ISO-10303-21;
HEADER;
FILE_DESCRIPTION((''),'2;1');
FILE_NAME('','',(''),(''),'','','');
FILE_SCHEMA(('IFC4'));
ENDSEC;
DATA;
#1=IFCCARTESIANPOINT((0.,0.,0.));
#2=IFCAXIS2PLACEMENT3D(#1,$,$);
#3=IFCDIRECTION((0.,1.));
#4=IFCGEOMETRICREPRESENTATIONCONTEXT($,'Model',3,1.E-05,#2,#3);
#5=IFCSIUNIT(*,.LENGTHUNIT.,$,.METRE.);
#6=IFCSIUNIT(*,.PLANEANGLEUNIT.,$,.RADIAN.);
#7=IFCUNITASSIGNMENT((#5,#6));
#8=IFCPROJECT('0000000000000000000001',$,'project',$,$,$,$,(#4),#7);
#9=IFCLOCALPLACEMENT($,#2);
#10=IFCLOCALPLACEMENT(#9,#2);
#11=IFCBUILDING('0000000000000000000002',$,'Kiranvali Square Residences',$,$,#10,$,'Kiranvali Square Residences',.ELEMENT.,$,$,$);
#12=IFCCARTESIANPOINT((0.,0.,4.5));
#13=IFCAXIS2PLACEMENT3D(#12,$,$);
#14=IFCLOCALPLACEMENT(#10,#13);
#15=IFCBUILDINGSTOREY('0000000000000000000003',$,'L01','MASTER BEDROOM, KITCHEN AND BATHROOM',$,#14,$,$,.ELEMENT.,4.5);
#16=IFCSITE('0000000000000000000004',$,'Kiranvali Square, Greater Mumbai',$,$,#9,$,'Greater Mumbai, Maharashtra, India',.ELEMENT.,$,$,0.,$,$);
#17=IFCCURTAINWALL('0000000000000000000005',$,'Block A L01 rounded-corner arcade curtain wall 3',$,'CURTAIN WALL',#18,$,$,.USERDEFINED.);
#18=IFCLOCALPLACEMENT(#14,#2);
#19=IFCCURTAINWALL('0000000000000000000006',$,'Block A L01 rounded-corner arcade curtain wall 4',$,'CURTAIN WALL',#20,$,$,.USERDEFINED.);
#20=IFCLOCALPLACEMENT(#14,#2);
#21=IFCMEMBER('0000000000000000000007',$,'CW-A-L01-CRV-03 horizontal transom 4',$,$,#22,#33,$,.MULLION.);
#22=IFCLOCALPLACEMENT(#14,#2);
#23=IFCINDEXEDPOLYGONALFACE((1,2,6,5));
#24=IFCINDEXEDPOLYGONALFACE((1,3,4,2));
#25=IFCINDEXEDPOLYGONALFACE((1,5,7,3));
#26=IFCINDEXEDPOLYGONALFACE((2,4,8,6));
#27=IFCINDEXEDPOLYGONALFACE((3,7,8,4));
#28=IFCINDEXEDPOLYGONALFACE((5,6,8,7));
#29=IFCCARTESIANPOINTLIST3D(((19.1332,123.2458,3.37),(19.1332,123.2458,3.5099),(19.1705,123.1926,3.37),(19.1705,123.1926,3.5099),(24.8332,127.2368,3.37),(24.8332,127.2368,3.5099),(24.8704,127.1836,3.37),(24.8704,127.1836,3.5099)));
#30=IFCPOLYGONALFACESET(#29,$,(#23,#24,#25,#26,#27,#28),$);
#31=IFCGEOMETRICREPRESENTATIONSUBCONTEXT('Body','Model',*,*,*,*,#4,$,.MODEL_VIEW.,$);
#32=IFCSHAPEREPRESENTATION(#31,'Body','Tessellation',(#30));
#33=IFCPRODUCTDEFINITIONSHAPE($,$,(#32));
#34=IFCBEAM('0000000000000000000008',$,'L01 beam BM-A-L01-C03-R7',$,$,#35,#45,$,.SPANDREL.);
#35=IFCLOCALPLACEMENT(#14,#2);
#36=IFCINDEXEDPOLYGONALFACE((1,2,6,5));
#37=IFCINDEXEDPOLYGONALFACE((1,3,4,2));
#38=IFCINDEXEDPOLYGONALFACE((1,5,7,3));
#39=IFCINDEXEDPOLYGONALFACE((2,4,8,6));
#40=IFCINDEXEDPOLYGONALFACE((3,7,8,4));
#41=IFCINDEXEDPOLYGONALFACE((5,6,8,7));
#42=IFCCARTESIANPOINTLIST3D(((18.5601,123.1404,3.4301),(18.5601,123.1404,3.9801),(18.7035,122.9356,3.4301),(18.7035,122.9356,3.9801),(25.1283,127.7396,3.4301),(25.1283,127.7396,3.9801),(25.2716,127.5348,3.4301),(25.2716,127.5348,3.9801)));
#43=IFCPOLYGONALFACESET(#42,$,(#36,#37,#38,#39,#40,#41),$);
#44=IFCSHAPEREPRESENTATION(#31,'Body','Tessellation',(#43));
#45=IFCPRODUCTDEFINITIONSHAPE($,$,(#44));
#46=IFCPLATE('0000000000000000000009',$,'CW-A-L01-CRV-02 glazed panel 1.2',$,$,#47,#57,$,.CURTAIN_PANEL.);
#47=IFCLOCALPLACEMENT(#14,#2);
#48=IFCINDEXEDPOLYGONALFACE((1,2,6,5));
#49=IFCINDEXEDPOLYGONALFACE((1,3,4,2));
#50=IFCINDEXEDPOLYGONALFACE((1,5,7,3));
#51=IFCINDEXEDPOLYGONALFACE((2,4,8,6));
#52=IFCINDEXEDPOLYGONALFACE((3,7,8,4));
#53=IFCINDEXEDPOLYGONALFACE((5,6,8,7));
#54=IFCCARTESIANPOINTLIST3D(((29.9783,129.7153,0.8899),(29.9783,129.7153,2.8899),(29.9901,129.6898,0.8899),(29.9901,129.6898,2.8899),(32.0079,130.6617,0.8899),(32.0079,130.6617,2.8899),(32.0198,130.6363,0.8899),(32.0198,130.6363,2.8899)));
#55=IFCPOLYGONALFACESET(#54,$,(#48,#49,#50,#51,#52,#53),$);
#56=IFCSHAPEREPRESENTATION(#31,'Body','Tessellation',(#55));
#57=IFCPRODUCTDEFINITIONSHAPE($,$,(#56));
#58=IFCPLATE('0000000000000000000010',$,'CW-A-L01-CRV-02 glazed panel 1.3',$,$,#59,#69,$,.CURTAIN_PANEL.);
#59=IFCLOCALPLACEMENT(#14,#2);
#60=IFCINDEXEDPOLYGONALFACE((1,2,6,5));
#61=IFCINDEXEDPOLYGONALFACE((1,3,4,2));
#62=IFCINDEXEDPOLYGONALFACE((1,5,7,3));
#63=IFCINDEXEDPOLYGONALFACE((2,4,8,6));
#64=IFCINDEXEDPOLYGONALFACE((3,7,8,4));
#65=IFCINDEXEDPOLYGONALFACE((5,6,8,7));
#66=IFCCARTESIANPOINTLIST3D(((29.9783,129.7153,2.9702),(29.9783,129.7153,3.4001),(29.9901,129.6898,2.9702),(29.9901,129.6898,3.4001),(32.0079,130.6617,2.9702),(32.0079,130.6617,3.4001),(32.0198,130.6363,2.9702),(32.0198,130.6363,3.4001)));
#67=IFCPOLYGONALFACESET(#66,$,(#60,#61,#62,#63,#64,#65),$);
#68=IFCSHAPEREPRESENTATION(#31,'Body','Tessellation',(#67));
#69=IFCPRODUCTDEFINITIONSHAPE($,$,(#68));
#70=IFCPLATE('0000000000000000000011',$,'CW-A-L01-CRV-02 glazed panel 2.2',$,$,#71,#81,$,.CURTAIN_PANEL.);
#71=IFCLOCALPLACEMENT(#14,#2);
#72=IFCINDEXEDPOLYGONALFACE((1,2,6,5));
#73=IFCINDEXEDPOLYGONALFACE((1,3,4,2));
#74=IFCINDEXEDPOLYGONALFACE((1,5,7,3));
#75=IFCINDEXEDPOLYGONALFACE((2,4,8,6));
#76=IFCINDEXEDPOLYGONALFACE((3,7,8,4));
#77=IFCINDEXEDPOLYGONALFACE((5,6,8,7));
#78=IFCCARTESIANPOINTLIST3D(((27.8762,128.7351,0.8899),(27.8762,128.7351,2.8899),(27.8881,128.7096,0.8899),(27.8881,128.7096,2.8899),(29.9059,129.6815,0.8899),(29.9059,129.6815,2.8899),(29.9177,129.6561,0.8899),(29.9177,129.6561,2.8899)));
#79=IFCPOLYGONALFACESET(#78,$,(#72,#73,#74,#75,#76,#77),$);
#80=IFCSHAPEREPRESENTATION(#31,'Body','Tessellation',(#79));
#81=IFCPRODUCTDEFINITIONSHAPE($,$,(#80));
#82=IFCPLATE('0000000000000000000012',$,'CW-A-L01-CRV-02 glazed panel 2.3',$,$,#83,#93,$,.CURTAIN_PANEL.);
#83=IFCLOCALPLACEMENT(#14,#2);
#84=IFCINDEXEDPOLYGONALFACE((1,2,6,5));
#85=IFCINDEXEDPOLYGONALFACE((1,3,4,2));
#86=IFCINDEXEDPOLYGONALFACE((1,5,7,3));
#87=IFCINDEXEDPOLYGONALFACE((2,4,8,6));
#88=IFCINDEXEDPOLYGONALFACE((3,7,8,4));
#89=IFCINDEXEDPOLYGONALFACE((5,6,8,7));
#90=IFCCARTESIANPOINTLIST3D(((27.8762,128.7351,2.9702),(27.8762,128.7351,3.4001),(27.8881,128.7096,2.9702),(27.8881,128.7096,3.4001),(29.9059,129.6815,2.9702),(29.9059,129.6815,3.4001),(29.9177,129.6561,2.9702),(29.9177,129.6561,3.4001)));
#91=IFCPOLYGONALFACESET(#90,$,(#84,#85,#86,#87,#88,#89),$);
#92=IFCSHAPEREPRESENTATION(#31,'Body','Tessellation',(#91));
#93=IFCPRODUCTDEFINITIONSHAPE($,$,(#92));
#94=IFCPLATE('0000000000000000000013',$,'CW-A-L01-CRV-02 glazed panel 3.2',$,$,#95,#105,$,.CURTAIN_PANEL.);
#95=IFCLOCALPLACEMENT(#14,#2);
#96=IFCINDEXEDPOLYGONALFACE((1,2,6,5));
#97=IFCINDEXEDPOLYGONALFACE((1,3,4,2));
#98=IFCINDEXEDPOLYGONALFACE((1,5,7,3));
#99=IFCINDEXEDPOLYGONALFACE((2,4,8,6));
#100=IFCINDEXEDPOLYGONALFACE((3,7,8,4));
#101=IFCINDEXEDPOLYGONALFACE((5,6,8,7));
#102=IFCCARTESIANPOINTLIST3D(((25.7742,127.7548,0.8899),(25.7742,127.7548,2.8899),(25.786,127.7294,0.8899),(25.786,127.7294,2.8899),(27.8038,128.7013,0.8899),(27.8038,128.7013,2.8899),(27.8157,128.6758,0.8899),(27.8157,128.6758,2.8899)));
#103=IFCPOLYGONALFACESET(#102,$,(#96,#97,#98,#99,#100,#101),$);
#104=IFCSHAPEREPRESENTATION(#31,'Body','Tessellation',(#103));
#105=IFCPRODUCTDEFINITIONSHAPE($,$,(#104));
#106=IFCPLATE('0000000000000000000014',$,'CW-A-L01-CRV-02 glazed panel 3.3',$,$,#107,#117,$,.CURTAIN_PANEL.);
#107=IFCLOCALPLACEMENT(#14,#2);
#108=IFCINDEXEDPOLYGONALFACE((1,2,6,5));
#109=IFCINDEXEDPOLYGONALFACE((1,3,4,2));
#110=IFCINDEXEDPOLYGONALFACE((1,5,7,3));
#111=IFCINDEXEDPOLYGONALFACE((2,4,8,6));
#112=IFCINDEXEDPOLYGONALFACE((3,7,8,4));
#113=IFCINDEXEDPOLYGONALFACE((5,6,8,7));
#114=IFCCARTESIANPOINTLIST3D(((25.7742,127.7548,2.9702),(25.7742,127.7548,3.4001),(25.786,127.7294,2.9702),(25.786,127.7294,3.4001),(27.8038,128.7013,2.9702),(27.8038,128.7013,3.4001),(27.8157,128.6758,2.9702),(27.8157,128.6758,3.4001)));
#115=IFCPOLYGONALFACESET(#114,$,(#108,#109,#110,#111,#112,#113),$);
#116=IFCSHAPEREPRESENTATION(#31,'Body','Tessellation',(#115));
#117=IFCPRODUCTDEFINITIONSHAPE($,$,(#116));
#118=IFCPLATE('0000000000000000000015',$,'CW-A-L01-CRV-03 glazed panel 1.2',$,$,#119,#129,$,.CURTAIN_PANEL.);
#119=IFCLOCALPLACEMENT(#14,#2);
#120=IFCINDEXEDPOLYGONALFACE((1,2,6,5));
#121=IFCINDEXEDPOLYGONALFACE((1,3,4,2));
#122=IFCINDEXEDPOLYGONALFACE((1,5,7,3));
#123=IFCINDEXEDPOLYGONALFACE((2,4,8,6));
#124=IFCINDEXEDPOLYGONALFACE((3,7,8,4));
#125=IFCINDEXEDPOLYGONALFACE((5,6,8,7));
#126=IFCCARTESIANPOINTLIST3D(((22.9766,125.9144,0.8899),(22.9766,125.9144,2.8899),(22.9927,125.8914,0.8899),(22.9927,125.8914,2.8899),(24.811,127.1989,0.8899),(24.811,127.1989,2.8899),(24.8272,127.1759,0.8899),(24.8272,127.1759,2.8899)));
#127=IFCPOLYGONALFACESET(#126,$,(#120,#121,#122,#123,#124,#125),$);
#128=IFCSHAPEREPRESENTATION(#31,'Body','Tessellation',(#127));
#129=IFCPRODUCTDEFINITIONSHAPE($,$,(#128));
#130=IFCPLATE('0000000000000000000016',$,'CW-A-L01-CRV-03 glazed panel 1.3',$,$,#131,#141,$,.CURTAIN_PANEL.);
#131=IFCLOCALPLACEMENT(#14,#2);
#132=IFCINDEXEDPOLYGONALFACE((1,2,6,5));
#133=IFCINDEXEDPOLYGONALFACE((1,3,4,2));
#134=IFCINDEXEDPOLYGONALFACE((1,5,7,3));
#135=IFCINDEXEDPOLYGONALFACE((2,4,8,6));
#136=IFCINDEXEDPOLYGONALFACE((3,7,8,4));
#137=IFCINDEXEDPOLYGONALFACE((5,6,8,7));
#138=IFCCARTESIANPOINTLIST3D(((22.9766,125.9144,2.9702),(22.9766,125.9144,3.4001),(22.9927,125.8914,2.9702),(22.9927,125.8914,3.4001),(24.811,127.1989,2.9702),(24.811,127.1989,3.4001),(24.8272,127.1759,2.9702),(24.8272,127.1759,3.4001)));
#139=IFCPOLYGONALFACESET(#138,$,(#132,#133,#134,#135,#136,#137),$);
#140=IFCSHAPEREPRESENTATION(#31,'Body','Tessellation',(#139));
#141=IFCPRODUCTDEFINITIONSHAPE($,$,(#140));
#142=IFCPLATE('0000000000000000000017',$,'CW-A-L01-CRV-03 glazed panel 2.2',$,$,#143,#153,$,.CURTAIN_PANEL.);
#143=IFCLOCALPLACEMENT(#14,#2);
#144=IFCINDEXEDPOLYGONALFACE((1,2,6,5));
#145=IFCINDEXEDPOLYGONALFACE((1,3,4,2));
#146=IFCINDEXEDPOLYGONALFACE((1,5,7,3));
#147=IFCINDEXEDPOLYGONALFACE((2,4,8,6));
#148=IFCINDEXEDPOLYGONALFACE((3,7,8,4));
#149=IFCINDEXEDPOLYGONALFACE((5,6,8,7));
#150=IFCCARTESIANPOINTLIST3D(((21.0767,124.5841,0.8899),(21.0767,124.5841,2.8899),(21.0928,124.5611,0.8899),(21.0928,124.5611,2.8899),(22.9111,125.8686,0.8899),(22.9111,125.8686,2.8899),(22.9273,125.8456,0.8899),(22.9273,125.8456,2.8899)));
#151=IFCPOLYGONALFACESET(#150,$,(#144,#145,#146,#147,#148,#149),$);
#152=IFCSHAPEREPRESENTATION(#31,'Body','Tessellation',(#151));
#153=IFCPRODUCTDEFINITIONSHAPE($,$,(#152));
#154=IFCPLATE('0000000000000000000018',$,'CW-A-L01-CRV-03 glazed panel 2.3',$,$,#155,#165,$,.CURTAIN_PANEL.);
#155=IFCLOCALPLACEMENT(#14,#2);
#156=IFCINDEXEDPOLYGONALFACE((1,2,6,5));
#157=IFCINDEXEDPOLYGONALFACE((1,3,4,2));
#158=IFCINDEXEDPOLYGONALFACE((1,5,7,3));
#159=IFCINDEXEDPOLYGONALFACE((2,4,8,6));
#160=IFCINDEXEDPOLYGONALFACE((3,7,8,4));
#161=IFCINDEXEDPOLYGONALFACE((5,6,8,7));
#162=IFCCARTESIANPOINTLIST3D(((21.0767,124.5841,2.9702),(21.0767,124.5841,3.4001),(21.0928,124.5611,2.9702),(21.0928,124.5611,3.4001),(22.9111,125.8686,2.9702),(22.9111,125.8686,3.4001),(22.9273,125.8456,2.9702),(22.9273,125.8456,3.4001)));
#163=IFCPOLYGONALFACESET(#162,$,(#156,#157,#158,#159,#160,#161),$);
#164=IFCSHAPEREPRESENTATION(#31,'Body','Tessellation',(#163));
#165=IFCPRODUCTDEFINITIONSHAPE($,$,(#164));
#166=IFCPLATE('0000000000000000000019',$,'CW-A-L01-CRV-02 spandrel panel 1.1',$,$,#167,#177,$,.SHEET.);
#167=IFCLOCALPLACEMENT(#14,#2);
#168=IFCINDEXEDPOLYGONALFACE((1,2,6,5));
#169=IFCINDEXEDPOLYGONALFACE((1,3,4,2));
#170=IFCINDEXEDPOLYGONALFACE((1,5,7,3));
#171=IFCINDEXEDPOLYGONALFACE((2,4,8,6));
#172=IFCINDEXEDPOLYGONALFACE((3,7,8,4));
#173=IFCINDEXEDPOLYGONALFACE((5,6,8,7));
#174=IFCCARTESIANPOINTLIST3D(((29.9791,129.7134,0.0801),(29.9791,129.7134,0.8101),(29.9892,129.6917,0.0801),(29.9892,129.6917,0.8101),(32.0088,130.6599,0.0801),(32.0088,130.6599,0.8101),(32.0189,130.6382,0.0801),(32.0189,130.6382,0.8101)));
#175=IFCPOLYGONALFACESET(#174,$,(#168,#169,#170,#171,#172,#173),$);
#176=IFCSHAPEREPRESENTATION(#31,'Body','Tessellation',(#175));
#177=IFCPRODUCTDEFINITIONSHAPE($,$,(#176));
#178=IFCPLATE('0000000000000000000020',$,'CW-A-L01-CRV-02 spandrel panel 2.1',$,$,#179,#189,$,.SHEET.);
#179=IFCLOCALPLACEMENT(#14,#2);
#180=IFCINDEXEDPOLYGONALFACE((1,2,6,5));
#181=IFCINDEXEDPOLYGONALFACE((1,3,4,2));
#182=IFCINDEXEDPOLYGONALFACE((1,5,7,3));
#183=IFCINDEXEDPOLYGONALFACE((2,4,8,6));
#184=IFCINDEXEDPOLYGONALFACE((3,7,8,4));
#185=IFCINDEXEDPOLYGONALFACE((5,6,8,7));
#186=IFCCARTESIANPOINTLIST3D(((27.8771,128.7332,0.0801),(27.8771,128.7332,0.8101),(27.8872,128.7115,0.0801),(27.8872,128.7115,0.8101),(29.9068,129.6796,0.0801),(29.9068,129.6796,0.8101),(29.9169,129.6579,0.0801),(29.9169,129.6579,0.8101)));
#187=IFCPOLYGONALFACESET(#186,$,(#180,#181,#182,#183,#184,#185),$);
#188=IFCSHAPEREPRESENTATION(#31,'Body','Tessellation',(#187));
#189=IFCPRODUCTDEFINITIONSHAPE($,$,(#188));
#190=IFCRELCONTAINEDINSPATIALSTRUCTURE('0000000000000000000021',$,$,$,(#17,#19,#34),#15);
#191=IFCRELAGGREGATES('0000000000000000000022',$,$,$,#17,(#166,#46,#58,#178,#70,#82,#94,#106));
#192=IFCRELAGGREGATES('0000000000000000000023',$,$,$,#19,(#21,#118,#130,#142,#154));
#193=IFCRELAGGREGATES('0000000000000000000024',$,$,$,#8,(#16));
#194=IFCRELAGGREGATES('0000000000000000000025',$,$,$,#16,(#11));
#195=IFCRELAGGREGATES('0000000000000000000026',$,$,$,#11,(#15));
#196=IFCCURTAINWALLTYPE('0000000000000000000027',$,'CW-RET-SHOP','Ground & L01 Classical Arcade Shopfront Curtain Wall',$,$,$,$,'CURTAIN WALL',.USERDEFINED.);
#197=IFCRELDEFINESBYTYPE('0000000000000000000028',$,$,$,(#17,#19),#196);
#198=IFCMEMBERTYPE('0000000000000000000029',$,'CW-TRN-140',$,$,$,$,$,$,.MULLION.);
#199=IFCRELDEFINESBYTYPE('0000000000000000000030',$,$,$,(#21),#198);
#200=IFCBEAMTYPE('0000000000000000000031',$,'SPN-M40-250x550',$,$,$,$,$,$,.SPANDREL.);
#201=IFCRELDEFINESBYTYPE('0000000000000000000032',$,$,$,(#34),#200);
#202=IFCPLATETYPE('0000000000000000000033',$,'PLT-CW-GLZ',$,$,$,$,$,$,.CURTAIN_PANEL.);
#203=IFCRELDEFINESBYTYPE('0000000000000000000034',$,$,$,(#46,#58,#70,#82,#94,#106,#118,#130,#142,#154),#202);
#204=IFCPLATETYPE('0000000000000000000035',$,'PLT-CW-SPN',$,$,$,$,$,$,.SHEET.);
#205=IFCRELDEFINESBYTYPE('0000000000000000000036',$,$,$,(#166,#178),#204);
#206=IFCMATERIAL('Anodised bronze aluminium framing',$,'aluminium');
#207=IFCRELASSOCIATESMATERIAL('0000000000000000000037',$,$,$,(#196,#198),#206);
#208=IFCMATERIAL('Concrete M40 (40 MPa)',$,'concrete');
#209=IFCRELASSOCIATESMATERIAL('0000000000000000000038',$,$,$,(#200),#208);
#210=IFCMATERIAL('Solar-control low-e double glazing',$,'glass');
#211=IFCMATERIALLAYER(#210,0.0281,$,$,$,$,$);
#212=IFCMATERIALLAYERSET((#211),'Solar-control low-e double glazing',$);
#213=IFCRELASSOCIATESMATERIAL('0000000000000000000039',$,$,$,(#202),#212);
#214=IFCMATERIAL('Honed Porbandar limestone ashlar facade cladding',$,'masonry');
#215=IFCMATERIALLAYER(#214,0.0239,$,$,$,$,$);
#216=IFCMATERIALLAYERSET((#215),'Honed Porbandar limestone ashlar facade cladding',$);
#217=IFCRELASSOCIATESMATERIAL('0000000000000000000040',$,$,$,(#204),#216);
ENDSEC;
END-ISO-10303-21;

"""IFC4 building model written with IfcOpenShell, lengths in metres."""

from ifc_helpers import new_model, si_unit, direction, frame, origin, origin_2d, place, context, subcontext, project, spatial, rectangle, extrude, material, layer, layer_set, material_profile, profile_set, type_object, element, aggregate, save


model = new_model("IFC4")

# Units and contexts
model_context = context("Model", 3, precision=1e-05, world=origin(), true_north=direction((0.0, 1.0)))
body_context = subcontext(model_context, "Body", "Model", "MODEL_VIEW")
ifc_project = project(units=[si_unit("LENGTHUNIT", "METRE"), si_unit("PLANEANGLEUNIT", "RADIAN")], contexts=[model_context])

# Site, building, storey
site_placement = place(None, origin())
site = spatial("IfcSite", under=ifc_project, at=site_placement, Name="Kiranvali Square, Greater Mumbai", LongName="Greater Mumbai, Maharashtra, India", CompositionType="ELEMENT", RefElevation=0.0)
building_placement = place(site_placement, origin())
building = spatial("IfcBuilding", under=site, at=building_placement, Name="Kiranvali Square Residences", LongName="Kiranvali Square Residences", CompositionType="ELEMENT")
storey_placement = place(building_placement, frame((0.0, 0.0, 4.5)))
storey = spatial("IfcBuildingStorey", under=building, at=storey_placement, Name="L01", Description="MASTER BEDROOM, KITCHEN AND BATHROOM", CompositionType="ELEMENT", Elevation=4.5)

# Shared definitions
ifc_material_1 = material(Name="Concrete M40 (40 MPa)", Category="concrete")

# Curtain walls, member
ifc_material_2 = material(Name="Anodised bronze aluminium framing", Category="aluminium")
curtain_wall_type = type_object("IfcCurtainWallType", Name="CW-RET-SHOP", Description="Ground & L01 Classical Arcade Shopfront Curtain Wall", ElementType="CURTAIN WALL", PredefinedType="USERDEFINED", material=ifc_material_2)
curtain_wall_1_placement = place(storey_placement, origin())
curtain_wall_1 = element("IfcCurtainWall", 1, at=curtain_wall_1_placement, inside=storey, type_object=curtain_wall_type, Name="Block A L01 rounded-corner arcade curtain wall 3", ObjectType="CURTAIN WALL", PredefinedType="USERDEFINED")
curtain_wall_2_placement = place(storey_placement, origin())
curtain_wall_2 = element("IfcCurtainWall", 2, at=curtain_wall_2_placement, inside=storey, type_object=curtain_wall_type, Name="Block A L01 rounded-corner arcade curtain wall 4", ObjectType="CURTAIN WALL", PredefinedType="USERDEFINED")
ifc_material_profile_1 = material_profile(ifc_material_2, rectangle(XDim=0.0649, YDim=0.1399, at=origin_2d()), Name="ALU 65x140")
ifc_profile_set_1 = profile_set([ifc_material_profile_1], Name="Anodised bronze aluminium framing")
member_type_1 = type_object("IfcMemberType", Name="CW-TRN-140", PredefinedType="MULLION", material=ifc_profile_set_1)
member_1_placement = place(storey_placement, frame((24.8518, 127.2102, 3.4399), z_axis=(-0.819164, -0.573559, 0.0), x_axis=(0.573559, -0.819164, 0.0)))
member_1 = element("IfcMember", 3, at=member_1_placement, type_object=member_type_1, Name="CW-A-L01-CRV-03 horizontal transom 4", PredefinedType="MULLION", context=body_context, shape_type="SweptSolid", body=[
    extrude(rectangle(XDim=0.0649, YDim=0.1399, at=origin_2d()), origin(), (0.0, 0.0, 1.0), 6.9583),
])

# Beam
ifc_material_profile_2 = material_profile(ifc_material_1, rectangle(XDim=0.25, YDim=0.55, at=origin_2d()), Name="RC 250x550")
ifc_profile_set_2 = profile_set([ifc_material_profile_2], Name="Concrete M40 (40 MPa)")
beam_type_1 = type_object("IfcBeamType", Name="SPN-M40-250x550", PredefinedType="SPANDREL", material=ifc_profile_set_2)
beam_1_placement = place(storey_placement, frame((25.2, 127.6372, 3.7051), z_axis=(-0.819148, -0.573583, 0.0), x_axis=(0.573583, -0.819148, 0.0)))
element("IfcBeam", 4, at=beam_1_placement, inside=storey, type_object=beam_type_1, Name="L01 beam BM-A-L01-C03-R7", PredefinedType="SPANDREL", context=body_context, shape_type="SweptSolid", body=[
    extrude(rectangle(XDim=0.25, YDim=0.55, at=origin_2d()), origin(), (0.0, 0.0, 1.0), 8.0183),
])

# Plates
ifc_material_3 = material(Name="Solar-control low-e double glazing", Category="glass")
ifc_layer_1 = layer(ifc_material_3, 0.0281)
ifc_layer_set_1 = layer_set([ifc_layer_1], Name="Solar-control low-e double glazing")
plate_type_1 = type_object("IfcPlateType", Name="PLT-CW-GLZ", PredefinedType="CURTAIN_PANEL", material=ifc_layer_set_1)
plate_1_placement = place(storey_placement, frame((30.999, 130.1758, 0.8899), z_axis=(0.0, 0.0, 1.0), x_axis=(-0.906308, -0.422618, 0.0)))
plate_1 = element("IfcPlate", 5, at=plate_1_placement, type_object=plate_type_1, Name="CW-A-L01-CRV-02 glazed panel 1.2", PredefinedType="CURTAIN_PANEL", context=body_context, shape_type="SweptSolid", body=[
    extrude(rectangle(XDim=2.2395, YDim=0.0281, at=origin_2d()), origin(), (0.0, 0.0, 1.0), 2.0),
])
plate_2_placement = place(storey_placement, frame((30.999, 130.1758, 2.9702), z_axis=(0.0, 0.0, 1.0), x_axis=(-0.906308, -0.422618, 0.0)))
plate_2 = element("IfcPlate", 6, at=plate_2_placement, type_object=plate_type_1, Name="CW-A-L01-CRV-02 glazed panel 1.3", PredefinedType="CURTAIN_PANEL", context=body_context, shape_type="SweptSolid", body=[
    extrude(rectangle(XDim=2.2395, YDim=0.0281, at=origin_2d()), origin(), (0.0, 0.0, 1.0), 0.4299),
])
plate_3_placement = place(storey_placement, frame((28.897, 129.1956, 0.8899), z_axis=(0.0, 0.0, 1.0), x_axis=(-0.906308, -0.422618, 0.0)))
plate_3 = element("IfcPlate", 7, at=plate_3_placement, type_object=plate_type_1, Name="CW-A-L01-CRV-02 glazed panel 2.2", PredefinedType="CURTAIN_PANEL", context=body_context, shape_type="SweptSolid", body=[
    extrude(rectangle(XDim=2.2395, YDim=0.0281, at=origin_2d()), origin(), (0.0, 0.0, 1.0), 2.0),
])
plate_4_placement = place(storey_placement, frame((28.897, 129.1956, 2.9702), z_axis=(0.0, 0.0, 1.0), x_axis=(-0.906308, -0.422618, 0.0)))
plate_4 = element("IfcPlate", 8, at=plate_4_placement, type_object=plate_type_1, Name="CW-A-L01-CRV-02 glazed panel 2.3", PredefinedType="CURTAIN_PANEL", context=body_context, shape_type="SweptSolid", body=[
    extrude(rectangle(XDim=2.2395, YDim=0.0281, at=origin_2d()), origin(), (0.0, 0.0, 1.0), 0.4299),
])
plate_5_placement = place(storey_placement, frame((26.7949, 128.2153, 0.8899), z_axis=(0.0, 0.0, 1.0), x_axis=(-0.906308, -0.422618, 0.0)))
plate_5 = element("IfcPlate", 9, at=plate_5_placement, type_object=plate_type_1, Name="CW-A-L01-CRV-02 glazed panel 3.2", PredefinedType="CURTAIN_PANEL", context=body_context, shape_type="SweptSolid", body=[
    extrude(rectangle(XDim=2.2395, YDim=0.0281, at=origin_2d()), origin(), (0.0, 0.0, 1.0), 2.0),
])
plate_6_placement = place(storey_placement, frame((26.7949, 128.2153, 2.9702), z_axis=(0.0, 0.0, 1.0), x_axis=(-0.906308, -0.422618, 0.0)))
plate_6 = element("IfcPlate", 10, at=plate_6_placement, type_object=plate_type_1, Name="CW-A-L01-CRV-02 glazed panel 3.3", PredefinedType="CURTAIN_PANEL", context=body_context, shape_type="SweptSolid", body=[
    extrude(rectangle(XDim=2.2395, YDim=0.0281, at=origin_2d()), origin(), (0.0, 0.0, 1.0), 0.4299),
])
plate_7_placement = place(storey_placement, frame((23.9019, 126.5452, 0.8899), z_axis=(0.0, 0.0, 1.0), x_axis=(-0.819152, -0.573576, 0.0)))
plate_7 = element("IfcPlate", 11, at=plate_7_placement, type_object=plate_type_1, Name="CW-A-L01-CRV-03 glazed panel 1.2", PredefinedType="CURTAIN_PANEL", context=body_context, shape_type="SweptSolid", body=[
    extrude(rectangle(XDim=2.2395, YDim=0.0281, at=origin_2d()), origin(), (0.0, 0.0, 1.0), 2.0),
])
plate_8_placement = place(storey_placement, frame((23.9019, 126.5452, 2.9702), z_axis=(0.0, 0.0, 1.0), x_axis=(-0.819152, -0.573576, 0.0)))
plate_8 = element("IfcPlate", 12, at=plate_8_placement, type_object=plate_type_1, Name="CW-A-L01-CRV-03 glazed panel 1.3", PredefinedType="CURTAIN_PANEL", context=body_context, shape_type="SweptSolid", body=[
    extrude(rectangle(XDim=2.2395, YDim=0.0281, at=origin_2d()), origin(), (0.0, 0.0, 1.0), 0.4299),
])
plate_9_placement = place(storey_placement, frame((22.002, 125.2148, 0.8899), z_axis=(0.0, 0.0, 1.0), x_axis=(-0.819152, -0.573576, 0.0)))
plate_9 = element("IfcPlate", 13, at=plate_9_placement, type_object=plate_type_1, Name="CW-A-L01-CRV-03 glazed panel 2.2", PredefinedType="CURTAIN_PANEL", context=body_context, shape_type="SweptSolid", body=[
    extrude(rectangle(XDim=2.2395, YDim=0.0281, at=origin_2d()), origin(), (0.0, 0.0, 1.0), 2.0),
])
plate_10_placement = place(storey_placement, frame((22.002, 125.2148, 2.9702), z_axis=(0.0, 0.0, 1.0), x_axis=(-0.819152, -0.573576, 0.0)))
plate_10 = element("IfcPlate", 14, at=plate_10_placement, type_object=plate_type_1, Name="CW-A-L01-CRV-03 glazed panel 2.3", PredefinedType="CURTAIN_PANEL", context=body_context, shape_type="SweptSolid", body=[
    extrude(rectangle(XDim=2.2395, YDim=0.0281, at=origin_2d()), origin(), (0.0, 0.0, 1.0), 0.4299),
])
ifc_material_4 = material(Name="Honed Porbandar limestone ashlar facade cladding", Category="masonry")
ifc_layer_2 = layer(ifc_material_4, 0.0239)
ifc_layer_set_2 = layer_set([ifc_layer_2], Name="Honed Porbandar limestone ashlar facade cladding")
plate_type_2 = type_object("IfcPlateType", Name="PLT-CW-SPN", PredefinedType="SHEET", material=ifc_layer_set_2)
plate_11_placement = place(storey_placement, frame((30.999, 130.1758, 0.0801), z_axis=(0.0, 0.0, 1.0), x_axis=(-0.906308, -0.422618, 0.0)))
plate_11 = element("IfcPlate", 15, at=plate_11_placement, type_object=plate_type_2, Name="CW-A-L01-CRV-02 spandrel panel 1.1", PredefinedType="SHEET", context=body_context, shape_type="SweptSolid", body=[
    extrude(rectangle(XDim=2.2395, YDim=0.0239, at=origin_2d()), origin(), (0.0, 0.0, 1.0), 0.73),
])
plate_12_placement = place(storey_placement, frame((28.897, 129.1956, 0.0801), z_axis=(0.0, 0.0, 1.0), x_axis=(-0.906308, -0.422618, 0.0)))
plate_12 = element("IfcPlate", 16, at=plate_12_placement, type_object=plate_type_2, Name="CW-A-L01-CRV-02 spandrel panel 2.1", PredefinedType="SHEET", context=body_context, shape_type="SweptSolid", body=[
    extrude(rectangle(XDim=2.2395, YDim=0.0239, at=origin_2d()), origin(), (0.0, 0.0, 1.0), 0.73),
])
aggregate(curtain_wall_1, [plate_11, plate_1, plate_2, plate_12, plate_3, plate_4, plate_5, plate_6])
aggregate(curtain_wall_2, [member_1, plate_7, plate_8, plate_9, plate_10])

save(model, "model.ifc")
